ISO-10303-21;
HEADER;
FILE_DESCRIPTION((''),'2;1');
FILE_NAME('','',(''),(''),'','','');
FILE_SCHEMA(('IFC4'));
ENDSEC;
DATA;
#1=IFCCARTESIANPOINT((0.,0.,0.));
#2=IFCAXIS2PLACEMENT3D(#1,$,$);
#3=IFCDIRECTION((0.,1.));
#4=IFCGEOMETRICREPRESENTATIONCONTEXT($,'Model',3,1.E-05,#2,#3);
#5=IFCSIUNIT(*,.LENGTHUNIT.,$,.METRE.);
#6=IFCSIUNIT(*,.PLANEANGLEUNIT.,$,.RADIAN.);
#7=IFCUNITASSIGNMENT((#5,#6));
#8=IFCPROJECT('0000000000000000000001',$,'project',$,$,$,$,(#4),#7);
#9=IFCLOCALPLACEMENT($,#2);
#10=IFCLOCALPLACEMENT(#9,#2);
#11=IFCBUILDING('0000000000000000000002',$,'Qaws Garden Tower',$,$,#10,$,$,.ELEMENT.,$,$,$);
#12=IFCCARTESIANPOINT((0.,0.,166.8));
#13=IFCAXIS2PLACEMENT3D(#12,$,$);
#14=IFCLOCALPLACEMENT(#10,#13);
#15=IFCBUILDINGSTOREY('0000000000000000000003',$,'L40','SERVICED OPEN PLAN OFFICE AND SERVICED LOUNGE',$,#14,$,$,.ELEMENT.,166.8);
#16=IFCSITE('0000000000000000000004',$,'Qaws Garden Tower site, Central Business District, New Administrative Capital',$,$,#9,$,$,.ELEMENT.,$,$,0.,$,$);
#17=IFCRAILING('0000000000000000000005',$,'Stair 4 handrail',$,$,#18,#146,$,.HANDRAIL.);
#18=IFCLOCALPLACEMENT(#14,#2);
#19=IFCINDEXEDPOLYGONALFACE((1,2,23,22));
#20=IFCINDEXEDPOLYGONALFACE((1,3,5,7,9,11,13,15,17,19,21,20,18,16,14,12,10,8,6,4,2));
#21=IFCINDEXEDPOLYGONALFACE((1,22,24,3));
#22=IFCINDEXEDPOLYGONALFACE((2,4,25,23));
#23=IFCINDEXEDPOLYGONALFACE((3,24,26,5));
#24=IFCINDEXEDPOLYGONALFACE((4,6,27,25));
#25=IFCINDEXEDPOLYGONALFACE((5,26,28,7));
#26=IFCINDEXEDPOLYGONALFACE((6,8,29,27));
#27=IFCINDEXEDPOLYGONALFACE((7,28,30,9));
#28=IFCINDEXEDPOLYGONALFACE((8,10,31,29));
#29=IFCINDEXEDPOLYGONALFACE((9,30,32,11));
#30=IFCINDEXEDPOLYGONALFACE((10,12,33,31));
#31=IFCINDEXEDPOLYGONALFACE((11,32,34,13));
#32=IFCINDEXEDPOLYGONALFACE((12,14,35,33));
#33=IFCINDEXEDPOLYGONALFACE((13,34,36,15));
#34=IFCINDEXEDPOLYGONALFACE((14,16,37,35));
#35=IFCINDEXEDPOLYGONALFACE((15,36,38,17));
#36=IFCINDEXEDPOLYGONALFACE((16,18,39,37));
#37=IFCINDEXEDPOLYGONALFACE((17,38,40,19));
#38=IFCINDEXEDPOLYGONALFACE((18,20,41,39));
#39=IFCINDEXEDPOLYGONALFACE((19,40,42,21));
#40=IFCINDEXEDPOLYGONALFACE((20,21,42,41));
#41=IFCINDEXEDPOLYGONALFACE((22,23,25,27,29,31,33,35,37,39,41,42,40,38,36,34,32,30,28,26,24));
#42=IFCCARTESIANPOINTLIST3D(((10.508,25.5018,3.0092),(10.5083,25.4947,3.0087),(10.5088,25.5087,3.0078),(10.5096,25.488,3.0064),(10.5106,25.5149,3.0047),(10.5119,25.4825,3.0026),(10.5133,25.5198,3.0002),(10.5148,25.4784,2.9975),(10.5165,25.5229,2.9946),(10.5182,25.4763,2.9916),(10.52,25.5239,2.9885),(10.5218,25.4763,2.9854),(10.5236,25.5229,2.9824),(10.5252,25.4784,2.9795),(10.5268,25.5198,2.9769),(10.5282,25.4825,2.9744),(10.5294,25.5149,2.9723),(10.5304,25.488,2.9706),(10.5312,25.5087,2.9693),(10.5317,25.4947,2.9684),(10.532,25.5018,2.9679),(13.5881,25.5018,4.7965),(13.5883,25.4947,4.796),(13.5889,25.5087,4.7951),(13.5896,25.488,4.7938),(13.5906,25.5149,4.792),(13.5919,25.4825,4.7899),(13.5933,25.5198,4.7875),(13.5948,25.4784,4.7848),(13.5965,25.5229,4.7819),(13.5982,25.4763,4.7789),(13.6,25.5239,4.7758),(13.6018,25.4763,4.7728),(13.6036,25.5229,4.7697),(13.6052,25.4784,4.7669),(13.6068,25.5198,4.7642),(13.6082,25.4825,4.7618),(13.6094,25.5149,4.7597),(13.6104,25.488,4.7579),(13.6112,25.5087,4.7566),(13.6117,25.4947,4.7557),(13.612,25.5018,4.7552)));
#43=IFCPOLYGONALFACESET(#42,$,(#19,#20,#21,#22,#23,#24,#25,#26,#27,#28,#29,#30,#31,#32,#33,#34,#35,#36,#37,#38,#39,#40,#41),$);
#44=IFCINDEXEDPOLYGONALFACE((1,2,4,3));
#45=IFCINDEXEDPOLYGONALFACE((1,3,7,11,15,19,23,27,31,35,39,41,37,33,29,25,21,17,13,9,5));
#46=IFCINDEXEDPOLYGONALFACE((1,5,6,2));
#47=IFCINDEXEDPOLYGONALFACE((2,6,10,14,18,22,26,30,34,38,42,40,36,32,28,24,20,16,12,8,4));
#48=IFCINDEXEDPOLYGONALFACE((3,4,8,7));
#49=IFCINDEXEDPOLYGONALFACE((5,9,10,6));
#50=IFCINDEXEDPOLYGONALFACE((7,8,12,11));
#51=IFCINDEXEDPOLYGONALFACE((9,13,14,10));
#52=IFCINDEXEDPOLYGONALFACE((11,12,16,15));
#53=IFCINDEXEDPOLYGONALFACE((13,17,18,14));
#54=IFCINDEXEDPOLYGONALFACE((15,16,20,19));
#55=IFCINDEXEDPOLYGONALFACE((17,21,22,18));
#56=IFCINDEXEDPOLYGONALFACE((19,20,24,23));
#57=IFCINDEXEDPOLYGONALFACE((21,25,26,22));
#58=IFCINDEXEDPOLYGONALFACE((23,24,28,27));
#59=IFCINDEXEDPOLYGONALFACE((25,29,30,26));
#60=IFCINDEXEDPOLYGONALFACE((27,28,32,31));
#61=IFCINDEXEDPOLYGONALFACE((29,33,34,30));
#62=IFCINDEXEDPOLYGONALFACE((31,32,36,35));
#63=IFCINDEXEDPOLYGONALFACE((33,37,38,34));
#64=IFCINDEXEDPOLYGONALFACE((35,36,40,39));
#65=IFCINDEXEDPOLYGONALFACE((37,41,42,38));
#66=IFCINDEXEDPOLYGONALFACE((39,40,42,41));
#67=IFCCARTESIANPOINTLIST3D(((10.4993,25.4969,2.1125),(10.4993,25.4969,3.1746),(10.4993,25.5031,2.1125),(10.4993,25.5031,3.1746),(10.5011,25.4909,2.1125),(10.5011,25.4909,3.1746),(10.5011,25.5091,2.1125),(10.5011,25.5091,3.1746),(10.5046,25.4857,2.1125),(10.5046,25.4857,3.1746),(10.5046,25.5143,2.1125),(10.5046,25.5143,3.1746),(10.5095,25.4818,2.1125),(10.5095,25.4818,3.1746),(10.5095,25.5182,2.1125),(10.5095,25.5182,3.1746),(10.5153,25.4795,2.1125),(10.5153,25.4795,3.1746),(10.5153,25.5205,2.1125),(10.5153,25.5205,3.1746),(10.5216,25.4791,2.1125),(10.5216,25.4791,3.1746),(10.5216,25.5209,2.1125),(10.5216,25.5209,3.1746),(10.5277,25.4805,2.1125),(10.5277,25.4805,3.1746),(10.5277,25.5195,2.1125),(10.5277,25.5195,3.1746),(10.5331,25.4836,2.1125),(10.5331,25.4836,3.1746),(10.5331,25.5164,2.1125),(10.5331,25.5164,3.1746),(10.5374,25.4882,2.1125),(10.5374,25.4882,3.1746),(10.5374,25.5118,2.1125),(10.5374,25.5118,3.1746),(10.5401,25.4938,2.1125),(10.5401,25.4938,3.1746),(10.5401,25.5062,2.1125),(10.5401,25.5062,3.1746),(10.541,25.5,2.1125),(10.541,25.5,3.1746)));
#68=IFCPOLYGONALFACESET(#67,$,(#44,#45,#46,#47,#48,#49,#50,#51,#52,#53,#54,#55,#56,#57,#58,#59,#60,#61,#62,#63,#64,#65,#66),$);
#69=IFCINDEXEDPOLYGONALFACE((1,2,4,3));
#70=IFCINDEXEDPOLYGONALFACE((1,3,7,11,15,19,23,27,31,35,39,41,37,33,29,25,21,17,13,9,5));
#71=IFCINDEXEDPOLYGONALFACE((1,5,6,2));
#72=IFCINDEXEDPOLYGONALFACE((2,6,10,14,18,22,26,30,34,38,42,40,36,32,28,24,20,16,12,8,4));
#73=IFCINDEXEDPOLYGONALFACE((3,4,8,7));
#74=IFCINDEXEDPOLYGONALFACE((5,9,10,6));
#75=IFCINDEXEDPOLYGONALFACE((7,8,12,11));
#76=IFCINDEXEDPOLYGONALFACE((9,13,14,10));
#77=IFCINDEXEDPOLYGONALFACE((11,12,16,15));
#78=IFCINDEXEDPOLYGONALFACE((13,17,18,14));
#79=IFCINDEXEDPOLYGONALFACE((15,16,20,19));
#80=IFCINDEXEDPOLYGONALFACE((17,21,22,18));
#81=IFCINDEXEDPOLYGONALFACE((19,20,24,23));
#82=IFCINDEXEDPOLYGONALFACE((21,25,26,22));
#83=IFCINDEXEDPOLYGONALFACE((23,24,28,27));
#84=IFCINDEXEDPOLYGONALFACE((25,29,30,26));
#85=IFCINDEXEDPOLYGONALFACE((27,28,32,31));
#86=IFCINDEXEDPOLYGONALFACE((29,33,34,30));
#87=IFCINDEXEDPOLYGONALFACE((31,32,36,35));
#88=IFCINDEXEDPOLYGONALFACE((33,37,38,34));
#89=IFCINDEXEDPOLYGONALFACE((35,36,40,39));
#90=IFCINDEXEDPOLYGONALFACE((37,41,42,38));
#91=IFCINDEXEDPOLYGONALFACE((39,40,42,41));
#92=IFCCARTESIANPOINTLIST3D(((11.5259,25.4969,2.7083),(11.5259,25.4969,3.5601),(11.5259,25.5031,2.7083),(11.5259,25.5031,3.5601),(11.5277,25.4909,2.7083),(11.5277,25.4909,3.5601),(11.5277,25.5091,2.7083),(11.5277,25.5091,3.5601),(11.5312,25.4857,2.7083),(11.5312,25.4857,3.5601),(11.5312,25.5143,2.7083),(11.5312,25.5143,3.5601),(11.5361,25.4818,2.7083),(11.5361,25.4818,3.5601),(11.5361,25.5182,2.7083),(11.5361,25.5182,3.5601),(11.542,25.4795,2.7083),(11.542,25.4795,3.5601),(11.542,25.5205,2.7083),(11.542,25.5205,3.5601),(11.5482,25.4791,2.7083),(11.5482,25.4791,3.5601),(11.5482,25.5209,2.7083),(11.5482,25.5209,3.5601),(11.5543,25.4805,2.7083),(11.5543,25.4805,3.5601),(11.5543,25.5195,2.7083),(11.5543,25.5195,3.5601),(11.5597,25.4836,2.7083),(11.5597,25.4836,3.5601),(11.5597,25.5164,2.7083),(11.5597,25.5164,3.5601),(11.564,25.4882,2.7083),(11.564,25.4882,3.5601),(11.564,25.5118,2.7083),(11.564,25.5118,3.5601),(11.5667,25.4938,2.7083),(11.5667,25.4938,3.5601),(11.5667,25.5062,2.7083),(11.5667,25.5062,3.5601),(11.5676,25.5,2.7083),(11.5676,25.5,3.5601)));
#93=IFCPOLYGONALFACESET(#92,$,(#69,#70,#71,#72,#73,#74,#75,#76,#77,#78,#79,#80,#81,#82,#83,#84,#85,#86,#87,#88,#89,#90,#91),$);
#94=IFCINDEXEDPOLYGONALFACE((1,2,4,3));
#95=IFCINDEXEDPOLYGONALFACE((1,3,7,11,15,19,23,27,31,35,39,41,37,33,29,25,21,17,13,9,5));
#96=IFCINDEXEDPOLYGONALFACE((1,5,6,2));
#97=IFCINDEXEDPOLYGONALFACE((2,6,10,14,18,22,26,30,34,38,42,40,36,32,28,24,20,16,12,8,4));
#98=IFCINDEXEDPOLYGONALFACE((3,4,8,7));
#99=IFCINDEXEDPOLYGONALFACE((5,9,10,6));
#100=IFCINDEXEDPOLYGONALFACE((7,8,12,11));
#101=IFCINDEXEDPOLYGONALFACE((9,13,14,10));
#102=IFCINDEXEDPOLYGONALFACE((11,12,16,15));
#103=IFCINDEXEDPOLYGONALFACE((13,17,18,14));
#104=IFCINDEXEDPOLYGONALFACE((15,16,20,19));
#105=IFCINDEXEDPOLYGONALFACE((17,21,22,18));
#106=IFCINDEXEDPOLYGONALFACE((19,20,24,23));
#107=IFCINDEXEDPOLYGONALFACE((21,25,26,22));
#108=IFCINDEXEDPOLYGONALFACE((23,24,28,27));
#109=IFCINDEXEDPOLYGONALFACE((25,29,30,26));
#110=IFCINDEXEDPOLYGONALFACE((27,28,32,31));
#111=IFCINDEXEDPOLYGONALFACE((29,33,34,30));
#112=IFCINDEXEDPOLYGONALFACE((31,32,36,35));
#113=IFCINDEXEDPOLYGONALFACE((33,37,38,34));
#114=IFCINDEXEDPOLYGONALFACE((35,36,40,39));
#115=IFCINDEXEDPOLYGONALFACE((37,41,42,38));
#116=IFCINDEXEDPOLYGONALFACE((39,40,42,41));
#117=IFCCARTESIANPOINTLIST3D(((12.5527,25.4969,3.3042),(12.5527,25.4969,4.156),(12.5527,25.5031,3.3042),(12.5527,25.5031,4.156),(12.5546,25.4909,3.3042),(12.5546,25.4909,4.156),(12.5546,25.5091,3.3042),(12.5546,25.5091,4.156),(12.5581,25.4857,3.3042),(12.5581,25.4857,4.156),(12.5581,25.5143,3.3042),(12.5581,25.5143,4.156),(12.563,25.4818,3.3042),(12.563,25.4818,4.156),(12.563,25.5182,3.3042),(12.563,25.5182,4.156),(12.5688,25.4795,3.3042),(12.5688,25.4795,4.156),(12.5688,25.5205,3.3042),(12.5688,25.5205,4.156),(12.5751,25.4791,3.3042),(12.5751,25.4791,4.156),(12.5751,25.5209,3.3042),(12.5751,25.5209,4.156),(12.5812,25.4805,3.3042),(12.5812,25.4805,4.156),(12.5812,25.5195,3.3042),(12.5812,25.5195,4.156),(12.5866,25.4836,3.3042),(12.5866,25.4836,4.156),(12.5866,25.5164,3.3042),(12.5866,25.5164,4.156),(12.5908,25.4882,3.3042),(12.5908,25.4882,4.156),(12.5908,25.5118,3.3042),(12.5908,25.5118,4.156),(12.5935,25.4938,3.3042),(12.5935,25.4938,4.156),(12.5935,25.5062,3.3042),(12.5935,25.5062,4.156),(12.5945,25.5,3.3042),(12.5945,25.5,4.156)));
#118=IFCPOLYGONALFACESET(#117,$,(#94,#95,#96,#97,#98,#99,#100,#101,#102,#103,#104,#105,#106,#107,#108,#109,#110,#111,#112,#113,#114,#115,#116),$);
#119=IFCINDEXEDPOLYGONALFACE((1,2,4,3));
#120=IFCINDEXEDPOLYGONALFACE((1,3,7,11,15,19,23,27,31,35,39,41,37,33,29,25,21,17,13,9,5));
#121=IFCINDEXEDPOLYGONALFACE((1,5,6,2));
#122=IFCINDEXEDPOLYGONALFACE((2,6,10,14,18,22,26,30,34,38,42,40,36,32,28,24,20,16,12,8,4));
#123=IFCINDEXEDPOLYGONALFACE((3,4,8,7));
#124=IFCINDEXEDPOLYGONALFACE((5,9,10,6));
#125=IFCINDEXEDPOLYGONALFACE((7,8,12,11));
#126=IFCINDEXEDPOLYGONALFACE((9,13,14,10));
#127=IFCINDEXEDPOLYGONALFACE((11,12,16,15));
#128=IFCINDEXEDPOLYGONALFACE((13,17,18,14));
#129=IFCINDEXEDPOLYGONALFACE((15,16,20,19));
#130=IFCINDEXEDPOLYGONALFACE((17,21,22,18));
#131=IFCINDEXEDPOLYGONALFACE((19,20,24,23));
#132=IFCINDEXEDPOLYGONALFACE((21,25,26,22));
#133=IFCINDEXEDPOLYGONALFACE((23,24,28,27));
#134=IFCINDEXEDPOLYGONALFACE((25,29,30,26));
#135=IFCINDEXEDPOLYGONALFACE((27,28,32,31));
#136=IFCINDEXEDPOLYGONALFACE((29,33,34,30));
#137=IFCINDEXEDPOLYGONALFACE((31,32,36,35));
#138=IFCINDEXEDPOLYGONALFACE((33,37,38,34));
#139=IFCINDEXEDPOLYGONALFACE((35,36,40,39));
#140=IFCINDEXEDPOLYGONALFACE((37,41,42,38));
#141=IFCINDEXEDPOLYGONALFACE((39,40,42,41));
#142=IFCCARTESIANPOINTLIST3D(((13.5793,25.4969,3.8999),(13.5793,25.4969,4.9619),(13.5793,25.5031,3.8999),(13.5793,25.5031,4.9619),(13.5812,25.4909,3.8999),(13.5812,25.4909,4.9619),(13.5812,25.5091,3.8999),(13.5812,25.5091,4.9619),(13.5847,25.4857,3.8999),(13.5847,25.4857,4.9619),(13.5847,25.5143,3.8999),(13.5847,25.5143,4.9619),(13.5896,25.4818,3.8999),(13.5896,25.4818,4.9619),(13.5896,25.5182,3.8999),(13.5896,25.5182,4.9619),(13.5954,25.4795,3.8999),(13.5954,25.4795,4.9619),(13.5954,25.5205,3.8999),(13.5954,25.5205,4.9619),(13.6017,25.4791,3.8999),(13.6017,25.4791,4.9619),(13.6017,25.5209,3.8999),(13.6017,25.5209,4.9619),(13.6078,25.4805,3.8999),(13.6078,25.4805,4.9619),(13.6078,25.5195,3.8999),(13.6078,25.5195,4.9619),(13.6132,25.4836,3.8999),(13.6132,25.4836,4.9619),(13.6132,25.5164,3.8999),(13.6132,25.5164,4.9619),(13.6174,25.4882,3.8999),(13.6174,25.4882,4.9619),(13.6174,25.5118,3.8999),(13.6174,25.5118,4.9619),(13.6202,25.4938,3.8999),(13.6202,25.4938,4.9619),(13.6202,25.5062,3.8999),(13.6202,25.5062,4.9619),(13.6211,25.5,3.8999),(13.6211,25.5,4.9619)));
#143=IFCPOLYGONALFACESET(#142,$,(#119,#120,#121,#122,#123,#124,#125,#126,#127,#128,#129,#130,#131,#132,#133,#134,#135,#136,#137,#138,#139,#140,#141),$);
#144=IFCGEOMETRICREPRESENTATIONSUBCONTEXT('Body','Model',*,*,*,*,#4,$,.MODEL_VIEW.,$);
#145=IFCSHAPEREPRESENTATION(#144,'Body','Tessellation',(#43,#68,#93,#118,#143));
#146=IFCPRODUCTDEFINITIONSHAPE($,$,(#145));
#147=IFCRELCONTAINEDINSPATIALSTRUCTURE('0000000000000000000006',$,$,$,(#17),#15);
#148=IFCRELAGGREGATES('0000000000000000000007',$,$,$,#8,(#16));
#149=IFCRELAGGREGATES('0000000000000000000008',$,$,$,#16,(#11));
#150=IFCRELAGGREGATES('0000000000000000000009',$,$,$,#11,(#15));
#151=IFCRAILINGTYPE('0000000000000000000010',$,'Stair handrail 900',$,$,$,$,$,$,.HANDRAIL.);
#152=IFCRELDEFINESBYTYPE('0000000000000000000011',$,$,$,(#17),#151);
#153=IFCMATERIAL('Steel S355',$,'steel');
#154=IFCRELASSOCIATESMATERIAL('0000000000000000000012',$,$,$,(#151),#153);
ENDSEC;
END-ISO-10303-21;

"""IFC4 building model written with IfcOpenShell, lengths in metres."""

from ifc_helpers import new_model, si_unit, direction, frame, origin, origin_2d, place, context, subcontext, project, spatial, circle, extrude, material, type_object, element, save


model = new_model("IFC4")

# Units and contexts
model_context = context("Model", 3, precision=1e-05, world=origin(), true_north=direction((0.0, 1.0)))
body_context = subcontext(model_context, "Body", "Model", "MODEL_VIEW")
ifc_project = project(units=[si_unit("LENGTHUNIT", "METRE"), si_unit("PLANEANGLEUNIT", "RADIAN")], contexts=[model_context])

# Site, building, storey
site_placement = place(None, origin())
site = spatial("IfcSite", under=ifc_project, at=site_placement, Name="Qaws Garden Tower site, Central Business District, New Administrative Capital", CompositionType="ELEMENT", RefElevation=0.0)
building_placement = place(site_placement, origin())
building = spatial("IfcBuilding", under=site, at=building_placement, Name="Qaws Garden Tower", CompositionType="ELEMENT")
storey_placement = place(building_placement, frame((0.0, 0.0, 166.8)))
storey = spatial("IfcBuildingStorey", under=building, at=storey_placement, Name="L40", Description="SERVICED OPEN PLAN OFFICE AND SERVICED LOUNGE", CompositionType="ELEMENT", Elevation=166.8)

# Railing
ifc_material_1 = material(Name="Steel S355", Category="steel")
railing_type = type_object("IfcRailingType", Name="Stair handrail 900", PredefinedType="HANDRAIL", material=ifc_material_1)
railing_1_placement = place(storey_placement, frame((10.52, 25.5, 2.1125)))
element("IfcRailing", 1, at=railing_1_placement, inside=storey, type_object=railing_type, Name="Stair 4 handrail", PredefinedType="HANDRAIL", context=body_context, shape_type="SweptSolid", body=[
    extrude(circle(Radius=0.0239, at=origin_2d()), frame((0.0, 0.0, 0.876), z_axis=(0.86492, 0.0, 0.501909), x_axis=(0.0, 1.0, 0.0)), (0.0, 0.0, 1.0), 3.561),
    extrude(circle(Radius=0.021, at=origin_2d()), origin(), (0.0, 0.0, 1.0), 1.062),
    extrude(circle(Radius=0.021, at=origin_2d()), frame((1.0266, 0.0, 0.5957)), (0.0, 0.0, 1.0), 0.8518),
    extrude(circle(Radius=0.021, at=origin_2d()), frame((2.0535, 0.0, 1.1917)), (0.0, 0.0, 1.0), 0.8518),
    extrude(circle(Radius=0.021, at=origin_2d()), frame((3.0801, 0.0, 1.7874)), (0.0, 0.0, 1.0), 1.062),
])

save(model, "model.ifc")
